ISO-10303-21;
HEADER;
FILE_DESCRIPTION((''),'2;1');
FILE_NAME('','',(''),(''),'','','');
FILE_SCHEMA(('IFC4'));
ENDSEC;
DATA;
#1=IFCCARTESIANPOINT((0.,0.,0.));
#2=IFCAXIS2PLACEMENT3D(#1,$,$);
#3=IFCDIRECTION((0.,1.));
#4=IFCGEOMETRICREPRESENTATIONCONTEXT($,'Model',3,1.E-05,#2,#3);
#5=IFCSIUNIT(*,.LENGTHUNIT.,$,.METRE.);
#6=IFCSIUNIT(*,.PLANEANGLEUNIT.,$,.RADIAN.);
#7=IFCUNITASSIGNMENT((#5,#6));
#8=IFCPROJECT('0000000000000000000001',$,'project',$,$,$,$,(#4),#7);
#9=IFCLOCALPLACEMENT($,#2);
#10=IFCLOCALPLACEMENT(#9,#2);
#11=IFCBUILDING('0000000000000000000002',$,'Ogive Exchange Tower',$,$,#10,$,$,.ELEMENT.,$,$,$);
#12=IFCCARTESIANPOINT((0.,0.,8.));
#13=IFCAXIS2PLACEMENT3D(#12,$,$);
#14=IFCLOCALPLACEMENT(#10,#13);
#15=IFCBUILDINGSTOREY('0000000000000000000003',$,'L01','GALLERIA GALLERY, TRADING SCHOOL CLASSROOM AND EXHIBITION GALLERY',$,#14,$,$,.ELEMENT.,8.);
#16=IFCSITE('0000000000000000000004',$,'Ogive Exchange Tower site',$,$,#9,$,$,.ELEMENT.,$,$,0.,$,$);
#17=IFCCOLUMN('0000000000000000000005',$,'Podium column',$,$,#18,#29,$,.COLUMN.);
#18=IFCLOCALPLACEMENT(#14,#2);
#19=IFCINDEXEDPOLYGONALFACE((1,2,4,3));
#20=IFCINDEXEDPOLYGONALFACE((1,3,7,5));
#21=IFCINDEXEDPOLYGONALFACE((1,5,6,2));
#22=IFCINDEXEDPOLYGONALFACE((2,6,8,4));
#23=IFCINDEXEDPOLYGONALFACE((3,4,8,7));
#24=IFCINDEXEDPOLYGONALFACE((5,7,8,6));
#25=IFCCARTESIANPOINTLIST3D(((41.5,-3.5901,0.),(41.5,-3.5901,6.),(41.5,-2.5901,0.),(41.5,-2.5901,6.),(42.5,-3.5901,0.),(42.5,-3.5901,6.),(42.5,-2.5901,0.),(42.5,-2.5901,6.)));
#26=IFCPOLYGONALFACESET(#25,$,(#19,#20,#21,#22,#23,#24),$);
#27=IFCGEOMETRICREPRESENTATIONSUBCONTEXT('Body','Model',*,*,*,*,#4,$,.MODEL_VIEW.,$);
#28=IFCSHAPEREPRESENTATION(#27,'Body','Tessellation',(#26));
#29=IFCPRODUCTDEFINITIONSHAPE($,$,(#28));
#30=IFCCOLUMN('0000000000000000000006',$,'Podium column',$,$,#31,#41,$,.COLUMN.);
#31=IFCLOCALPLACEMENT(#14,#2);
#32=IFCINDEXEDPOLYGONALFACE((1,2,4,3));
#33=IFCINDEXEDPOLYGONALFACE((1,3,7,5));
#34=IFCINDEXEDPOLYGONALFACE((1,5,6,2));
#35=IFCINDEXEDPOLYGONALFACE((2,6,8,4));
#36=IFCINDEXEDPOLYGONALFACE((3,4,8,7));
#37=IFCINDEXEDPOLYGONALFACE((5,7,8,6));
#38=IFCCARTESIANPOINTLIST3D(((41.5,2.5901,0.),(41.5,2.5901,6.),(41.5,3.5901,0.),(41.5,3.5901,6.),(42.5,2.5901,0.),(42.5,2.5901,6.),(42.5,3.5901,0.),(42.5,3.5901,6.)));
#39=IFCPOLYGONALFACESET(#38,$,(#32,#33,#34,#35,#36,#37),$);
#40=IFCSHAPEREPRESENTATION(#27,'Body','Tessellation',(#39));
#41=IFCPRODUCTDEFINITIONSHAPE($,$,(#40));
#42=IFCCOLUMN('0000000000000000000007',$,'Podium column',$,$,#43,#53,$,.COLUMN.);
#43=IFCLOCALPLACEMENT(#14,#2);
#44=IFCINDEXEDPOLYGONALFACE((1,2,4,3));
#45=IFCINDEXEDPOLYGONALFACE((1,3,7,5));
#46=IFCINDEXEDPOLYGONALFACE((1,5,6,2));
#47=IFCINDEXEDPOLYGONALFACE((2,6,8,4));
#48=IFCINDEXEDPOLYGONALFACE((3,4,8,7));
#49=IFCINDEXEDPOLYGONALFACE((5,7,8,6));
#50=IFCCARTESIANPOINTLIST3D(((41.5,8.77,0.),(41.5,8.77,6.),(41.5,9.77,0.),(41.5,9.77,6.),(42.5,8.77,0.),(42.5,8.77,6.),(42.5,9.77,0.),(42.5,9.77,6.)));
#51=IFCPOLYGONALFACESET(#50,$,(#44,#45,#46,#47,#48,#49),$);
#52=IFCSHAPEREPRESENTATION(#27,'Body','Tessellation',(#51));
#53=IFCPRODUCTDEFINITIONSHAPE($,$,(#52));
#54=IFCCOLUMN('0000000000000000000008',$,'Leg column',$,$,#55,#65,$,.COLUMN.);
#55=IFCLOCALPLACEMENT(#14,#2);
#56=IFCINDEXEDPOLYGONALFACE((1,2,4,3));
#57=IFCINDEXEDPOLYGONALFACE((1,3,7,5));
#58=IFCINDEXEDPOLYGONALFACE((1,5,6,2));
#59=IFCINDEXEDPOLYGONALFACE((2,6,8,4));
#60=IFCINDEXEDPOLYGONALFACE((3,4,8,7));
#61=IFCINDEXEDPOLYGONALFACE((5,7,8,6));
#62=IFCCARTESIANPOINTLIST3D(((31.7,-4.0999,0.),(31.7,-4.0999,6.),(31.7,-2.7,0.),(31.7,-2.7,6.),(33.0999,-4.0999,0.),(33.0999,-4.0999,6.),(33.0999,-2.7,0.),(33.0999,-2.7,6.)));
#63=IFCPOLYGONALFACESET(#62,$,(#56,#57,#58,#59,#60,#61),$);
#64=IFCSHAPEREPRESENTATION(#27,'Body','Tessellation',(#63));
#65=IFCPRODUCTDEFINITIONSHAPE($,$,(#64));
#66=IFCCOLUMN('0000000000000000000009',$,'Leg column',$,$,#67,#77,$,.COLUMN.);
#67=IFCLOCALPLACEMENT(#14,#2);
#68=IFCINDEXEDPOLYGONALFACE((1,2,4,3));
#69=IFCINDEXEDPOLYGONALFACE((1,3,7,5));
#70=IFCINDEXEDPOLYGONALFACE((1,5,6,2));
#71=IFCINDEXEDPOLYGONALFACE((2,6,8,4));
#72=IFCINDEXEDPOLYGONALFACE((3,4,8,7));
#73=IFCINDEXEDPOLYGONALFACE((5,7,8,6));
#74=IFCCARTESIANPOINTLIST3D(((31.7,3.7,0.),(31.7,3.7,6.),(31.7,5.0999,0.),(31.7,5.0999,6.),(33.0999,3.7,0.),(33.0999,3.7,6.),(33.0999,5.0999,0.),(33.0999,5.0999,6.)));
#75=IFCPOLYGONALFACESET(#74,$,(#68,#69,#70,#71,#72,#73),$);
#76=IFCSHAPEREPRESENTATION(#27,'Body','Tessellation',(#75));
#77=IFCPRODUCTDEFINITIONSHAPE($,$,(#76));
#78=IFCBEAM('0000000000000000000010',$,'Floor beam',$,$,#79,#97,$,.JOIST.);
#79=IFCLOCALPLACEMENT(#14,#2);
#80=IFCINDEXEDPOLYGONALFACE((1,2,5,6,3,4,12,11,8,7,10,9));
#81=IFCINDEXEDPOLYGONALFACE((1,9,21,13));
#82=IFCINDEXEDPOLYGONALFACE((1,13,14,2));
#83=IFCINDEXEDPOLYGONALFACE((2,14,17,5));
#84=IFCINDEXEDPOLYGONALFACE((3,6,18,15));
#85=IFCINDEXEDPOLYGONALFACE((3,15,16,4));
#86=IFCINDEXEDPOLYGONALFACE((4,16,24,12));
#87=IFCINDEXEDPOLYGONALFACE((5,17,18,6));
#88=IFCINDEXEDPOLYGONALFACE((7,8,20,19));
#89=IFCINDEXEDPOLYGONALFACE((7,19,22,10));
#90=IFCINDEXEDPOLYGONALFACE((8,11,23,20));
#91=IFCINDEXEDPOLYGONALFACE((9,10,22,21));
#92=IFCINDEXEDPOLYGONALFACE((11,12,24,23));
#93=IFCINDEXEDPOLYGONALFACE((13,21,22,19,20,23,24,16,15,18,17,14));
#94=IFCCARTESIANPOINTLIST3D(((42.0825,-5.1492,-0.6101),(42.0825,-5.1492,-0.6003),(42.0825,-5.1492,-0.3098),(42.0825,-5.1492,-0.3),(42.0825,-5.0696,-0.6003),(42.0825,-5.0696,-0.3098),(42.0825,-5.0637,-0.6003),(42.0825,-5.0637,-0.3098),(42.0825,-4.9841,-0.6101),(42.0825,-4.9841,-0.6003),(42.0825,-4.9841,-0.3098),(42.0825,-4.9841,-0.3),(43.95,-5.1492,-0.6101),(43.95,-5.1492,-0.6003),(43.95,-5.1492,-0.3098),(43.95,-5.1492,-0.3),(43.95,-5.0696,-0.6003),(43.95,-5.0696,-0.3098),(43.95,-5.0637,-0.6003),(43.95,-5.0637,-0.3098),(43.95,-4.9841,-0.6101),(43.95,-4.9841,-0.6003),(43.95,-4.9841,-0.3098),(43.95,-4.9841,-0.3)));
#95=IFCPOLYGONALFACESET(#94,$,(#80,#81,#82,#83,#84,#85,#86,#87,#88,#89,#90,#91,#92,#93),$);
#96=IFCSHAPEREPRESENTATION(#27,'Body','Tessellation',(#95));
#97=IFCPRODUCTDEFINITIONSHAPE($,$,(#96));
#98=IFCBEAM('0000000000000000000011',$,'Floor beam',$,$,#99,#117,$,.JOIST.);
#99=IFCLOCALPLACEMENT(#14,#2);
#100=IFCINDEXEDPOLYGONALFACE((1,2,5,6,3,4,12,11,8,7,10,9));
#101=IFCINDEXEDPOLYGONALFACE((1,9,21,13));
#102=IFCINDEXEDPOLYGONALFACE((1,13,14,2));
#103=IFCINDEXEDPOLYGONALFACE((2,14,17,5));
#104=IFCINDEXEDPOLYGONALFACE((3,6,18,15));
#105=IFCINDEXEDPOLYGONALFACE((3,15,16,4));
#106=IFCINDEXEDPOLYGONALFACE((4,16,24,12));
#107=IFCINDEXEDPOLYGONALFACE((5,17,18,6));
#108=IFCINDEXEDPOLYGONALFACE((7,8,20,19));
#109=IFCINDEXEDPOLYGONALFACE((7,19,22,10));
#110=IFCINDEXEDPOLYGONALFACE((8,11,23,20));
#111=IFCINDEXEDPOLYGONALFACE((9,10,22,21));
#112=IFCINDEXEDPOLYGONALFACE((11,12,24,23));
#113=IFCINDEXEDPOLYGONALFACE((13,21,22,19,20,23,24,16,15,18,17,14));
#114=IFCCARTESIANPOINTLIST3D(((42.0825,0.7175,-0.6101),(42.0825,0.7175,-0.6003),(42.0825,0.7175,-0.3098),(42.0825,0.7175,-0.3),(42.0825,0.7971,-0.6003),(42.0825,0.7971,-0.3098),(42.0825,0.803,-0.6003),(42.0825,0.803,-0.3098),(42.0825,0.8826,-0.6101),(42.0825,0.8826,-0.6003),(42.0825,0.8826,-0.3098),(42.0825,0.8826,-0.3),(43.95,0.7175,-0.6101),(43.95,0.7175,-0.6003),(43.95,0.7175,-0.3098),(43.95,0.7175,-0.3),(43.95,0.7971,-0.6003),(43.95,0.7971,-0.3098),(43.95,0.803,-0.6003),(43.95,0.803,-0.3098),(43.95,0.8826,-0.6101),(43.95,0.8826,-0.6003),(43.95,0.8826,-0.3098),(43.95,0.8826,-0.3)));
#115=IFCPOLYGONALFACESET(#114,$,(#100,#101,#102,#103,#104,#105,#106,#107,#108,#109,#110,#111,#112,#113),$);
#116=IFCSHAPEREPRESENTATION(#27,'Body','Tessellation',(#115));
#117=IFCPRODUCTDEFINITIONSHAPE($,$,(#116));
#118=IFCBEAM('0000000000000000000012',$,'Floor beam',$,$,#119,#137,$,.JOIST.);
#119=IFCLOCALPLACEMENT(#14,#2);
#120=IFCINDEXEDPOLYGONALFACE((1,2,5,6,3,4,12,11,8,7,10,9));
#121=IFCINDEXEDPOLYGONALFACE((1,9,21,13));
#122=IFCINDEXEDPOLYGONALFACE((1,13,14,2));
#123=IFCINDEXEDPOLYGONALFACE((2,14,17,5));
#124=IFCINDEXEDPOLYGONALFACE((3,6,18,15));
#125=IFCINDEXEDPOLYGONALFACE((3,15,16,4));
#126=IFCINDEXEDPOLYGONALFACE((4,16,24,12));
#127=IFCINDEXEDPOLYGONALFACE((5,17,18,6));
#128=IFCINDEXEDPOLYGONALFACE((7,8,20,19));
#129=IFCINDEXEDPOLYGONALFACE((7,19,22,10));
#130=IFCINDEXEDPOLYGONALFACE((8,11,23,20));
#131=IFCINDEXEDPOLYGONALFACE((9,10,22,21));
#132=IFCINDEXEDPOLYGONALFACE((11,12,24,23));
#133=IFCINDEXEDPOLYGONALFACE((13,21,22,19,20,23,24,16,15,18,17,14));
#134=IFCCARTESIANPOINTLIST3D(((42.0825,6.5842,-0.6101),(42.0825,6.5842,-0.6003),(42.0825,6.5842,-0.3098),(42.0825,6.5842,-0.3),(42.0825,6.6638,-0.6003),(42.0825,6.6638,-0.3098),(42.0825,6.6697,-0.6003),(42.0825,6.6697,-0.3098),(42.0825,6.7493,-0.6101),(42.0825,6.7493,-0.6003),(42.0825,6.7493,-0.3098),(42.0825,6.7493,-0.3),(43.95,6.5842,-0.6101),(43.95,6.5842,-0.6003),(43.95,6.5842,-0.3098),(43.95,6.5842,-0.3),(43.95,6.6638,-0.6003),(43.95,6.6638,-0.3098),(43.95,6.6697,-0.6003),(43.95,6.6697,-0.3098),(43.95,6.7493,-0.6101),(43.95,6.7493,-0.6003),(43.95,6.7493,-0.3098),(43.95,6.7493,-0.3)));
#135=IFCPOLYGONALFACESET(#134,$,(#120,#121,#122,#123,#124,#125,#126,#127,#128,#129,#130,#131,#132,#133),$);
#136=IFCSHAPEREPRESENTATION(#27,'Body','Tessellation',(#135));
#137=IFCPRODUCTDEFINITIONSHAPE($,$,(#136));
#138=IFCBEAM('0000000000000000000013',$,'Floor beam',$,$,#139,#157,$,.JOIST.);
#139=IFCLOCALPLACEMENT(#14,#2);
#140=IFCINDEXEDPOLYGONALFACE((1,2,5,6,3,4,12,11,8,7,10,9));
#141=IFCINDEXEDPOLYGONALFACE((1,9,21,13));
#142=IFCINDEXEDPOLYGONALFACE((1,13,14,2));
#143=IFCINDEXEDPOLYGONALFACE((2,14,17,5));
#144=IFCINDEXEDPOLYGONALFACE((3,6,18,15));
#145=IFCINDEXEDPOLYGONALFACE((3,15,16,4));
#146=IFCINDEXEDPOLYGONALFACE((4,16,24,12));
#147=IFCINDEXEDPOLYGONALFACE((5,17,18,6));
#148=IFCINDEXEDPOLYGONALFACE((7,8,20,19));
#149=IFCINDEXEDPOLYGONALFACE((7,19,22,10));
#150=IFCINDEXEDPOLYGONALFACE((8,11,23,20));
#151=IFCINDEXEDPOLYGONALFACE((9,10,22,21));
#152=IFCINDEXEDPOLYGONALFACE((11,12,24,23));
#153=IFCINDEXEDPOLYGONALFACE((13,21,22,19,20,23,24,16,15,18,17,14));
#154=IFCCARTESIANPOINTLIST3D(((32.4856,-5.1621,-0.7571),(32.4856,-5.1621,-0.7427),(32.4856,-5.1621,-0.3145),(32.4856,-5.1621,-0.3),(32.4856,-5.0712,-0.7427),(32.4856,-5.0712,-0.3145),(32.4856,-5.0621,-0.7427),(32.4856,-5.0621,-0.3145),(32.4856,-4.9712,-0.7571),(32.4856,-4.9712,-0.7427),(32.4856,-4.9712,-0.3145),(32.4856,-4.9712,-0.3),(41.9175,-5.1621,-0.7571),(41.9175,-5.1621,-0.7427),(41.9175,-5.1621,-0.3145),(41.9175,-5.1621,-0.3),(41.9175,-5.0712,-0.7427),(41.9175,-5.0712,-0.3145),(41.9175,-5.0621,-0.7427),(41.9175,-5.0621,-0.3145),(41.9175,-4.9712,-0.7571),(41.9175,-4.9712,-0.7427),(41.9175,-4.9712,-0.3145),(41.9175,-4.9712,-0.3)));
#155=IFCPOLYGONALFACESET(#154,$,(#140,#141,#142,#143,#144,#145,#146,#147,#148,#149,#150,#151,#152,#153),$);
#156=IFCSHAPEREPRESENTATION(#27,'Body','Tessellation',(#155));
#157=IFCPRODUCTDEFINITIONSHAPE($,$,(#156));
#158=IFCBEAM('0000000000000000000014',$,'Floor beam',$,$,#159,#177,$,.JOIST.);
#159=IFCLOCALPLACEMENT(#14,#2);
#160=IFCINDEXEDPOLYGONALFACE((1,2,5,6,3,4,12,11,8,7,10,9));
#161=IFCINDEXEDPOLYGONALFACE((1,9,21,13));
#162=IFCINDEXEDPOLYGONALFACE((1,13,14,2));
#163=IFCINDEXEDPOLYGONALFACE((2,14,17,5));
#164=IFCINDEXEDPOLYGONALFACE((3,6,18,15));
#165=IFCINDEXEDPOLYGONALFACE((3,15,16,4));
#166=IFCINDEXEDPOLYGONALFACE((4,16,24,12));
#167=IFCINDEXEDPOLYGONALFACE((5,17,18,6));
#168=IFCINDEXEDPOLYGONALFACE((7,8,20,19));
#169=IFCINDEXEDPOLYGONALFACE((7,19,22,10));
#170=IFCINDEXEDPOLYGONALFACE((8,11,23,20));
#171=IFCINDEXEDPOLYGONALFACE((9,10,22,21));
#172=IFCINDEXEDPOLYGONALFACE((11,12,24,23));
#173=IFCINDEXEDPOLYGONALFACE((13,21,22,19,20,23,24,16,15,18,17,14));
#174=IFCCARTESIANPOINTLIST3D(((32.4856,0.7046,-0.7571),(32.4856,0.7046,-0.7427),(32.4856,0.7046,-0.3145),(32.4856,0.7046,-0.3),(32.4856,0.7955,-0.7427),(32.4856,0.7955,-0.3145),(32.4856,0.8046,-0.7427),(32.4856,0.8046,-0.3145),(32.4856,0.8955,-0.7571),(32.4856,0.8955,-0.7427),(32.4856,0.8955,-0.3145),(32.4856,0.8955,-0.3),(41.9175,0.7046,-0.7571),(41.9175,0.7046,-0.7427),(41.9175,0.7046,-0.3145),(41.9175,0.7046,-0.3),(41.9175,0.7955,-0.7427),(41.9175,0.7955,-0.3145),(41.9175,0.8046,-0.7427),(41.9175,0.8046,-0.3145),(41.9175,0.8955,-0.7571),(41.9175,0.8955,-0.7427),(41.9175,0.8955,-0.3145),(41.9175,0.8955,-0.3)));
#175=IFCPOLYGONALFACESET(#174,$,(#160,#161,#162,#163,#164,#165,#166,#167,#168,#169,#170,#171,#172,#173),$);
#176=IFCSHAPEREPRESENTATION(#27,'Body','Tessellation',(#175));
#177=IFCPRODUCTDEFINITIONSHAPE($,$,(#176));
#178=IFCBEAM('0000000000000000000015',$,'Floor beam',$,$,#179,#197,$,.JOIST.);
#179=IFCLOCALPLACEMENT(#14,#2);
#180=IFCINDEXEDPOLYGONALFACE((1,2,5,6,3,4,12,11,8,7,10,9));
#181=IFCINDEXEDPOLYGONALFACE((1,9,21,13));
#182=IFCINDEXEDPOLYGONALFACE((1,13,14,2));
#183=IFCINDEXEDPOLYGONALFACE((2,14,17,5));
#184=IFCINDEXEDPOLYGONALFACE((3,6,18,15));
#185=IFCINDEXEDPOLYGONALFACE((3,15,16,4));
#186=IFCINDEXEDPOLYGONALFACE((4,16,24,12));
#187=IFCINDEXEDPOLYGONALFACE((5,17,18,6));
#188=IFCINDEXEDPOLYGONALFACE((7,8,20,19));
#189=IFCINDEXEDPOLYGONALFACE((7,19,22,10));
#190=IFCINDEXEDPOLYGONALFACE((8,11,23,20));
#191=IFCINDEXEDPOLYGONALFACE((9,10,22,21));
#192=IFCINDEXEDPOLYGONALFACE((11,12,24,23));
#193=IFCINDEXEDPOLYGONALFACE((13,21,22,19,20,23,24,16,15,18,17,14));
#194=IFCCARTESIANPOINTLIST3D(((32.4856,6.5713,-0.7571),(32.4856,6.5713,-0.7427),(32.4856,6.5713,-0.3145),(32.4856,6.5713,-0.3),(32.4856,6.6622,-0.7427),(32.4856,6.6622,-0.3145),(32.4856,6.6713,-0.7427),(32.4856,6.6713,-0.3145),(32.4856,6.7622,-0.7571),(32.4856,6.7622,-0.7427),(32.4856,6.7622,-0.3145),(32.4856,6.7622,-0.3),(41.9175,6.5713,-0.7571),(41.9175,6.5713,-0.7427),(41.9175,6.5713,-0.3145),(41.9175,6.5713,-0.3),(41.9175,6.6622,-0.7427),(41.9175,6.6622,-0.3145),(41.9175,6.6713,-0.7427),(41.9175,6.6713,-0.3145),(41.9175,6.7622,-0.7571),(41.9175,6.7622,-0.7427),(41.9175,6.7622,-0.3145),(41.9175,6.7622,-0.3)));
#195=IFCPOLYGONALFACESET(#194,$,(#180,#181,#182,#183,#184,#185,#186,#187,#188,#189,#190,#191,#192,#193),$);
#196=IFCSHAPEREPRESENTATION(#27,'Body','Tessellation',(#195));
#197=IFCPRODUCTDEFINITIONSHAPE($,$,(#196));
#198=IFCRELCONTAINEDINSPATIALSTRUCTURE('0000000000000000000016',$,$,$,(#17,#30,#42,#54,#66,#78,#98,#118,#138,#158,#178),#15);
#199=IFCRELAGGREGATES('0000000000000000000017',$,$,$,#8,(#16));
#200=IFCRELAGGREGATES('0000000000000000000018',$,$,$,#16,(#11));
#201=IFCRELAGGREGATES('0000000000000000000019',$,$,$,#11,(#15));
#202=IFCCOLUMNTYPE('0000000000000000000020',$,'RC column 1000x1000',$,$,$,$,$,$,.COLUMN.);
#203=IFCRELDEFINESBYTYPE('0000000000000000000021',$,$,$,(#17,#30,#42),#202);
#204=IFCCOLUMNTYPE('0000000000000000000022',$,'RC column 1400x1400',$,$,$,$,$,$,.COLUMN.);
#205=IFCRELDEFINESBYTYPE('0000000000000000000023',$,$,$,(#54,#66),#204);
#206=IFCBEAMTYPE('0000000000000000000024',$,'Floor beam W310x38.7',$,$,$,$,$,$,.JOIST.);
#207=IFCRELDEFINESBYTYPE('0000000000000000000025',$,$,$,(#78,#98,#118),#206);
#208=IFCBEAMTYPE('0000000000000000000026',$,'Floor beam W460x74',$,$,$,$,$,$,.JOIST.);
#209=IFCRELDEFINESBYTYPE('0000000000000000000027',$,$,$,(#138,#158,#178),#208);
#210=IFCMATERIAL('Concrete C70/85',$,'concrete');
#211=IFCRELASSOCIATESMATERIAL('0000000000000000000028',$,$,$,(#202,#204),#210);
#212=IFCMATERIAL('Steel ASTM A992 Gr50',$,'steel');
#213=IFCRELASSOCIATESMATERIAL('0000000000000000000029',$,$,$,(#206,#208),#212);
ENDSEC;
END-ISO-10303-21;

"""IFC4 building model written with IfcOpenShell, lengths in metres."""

from ifc_helpers import new_model, si_unit, direction, frame, origin, origin_2d, place, context, subcontext, project, spatial, rectangle, i_section, extrude, material, material_profile, profile_set, type_object, element, save


model = new_model("IFC4")

# Units and contexts
model_context = context("Model", 3, precision=1e-05, world=origin(), true_north=direction((0.0, 1.0)))
body_context = subcontext(model_context, "Body", "Model", "MODEL_VIEW")
ifc_project = project(units=[si_unit("LENGTHUNIT", "METRE"), si_unit("PLANEANGLEUNIT", "RADIAN")], contexts=[model_context])

# Site, building, storey
site_placement = place(None, origin())
site = spatial("IfcSite", under=ifc_project, at=site_placement, Name="Ogive Exchange Tower site", CompositionType="ELEMENT", RefElevation=0.0)
building_placement = place(site_placement, origin())
building = spatial("IfcBuilding", under=site, at=building_placement, Name="Ogive Exchange Tower", CompositionType="ELEMENT")
storey_placement = place(building_placement, frame((0.0, 0.0, 8.0)))
storey = spatial("IfcBuildingStorey", under=building, at=storey_placement, Name="L01", Description="GALLERIA GALLERY, TRADING SCHOOL CLASSROOM AND EXHIBITION GALLERY", CompositionType="ELEMENT", Elevation=8.0)

# Columns
ifc_material_1 = material(Name="Concrete C70/85", Category="concrete")
ifc_material_profile_1 = material_profile(ifc_material_1, rectangle(XDim=1.0, YDim=1.0, at=origin_2d()), Name="RC 1000x1000")
ifc_profile_set_1 = profile_set([ifc_material_profile_1], Name="Concrete C70/85")
column_type_1 = type_object("IfcColumnType", Name="RC column 1000x1000", PredefinedType="COLUMN", material=ifc_profile_set_1)
for number, where, z_axis, x_axis, name in (
    (1, (42.0, -3.0901, 0.0), (0.0, 0.0, 1.0), (1.0, 0.0, 0.0), "Podium column"),
    (2, (42.0, 3.0901, 0.0), (0.0, 0.0, 1.0), (1.0, 0.0, 0.0), "Podium column"),
    (3, (42.0, 9.27, 0.0), (0.0, 0.0, 1.0), (1.0, 0.0, 0.0), "Podium column"),
):
    element("IfcColumn", number, at=place(storey_placement, frame(where, z_axis=z_axis, x_axis=x_axis)), inside=storey, type_object=column_type_1, Name=name, PredefinedType="COLUMN", context=body_context, shape_type="SweptSolid", body=[
        extrude(rectangle(XDim=1.0, YDim=1.0, at=origin_2d()), origin(), (0.0, 0.0, 1.0), 6.0),
    ])
ifc_material_profile_2 = material_profile(ifc_material_1, rectangle(XDim=1.3999, YDim=1.3999, at=origin_2d()), Name="RC 1400x1400")
ifc_profile_set_2 = profile_set([ifc_material_profile_2], Name="Concrete C70/85")
column_type_2 = type_object("IfcColumnType", Name="RC column 1400x1400", PredefinedType="COLUMN", material=ifc_profile_set_2)
for number, where, z_axis, x_axis, name in (
    (4, (32.3999, -3.3999, 0.0), (0.0, 0.0, 1.0), (1.0, 0.0, 0.0), "Leg column"),
    (5, (32.3999, 4.3999, 0.0), (0.0, 0.0, 1.0), (1.0, 0.0, 0.0), "Leg column"),
):
    element("IfcColumn", number, at=place(storey_placement, frame(where, z_axis=z_axis, x_axis=x_axis)), inside=storey, type_object=column_type_2, Name=name, PredefinedType="COLUMN", context=body_context, shape_type="SweptSolid", body=[
        extrude(rectangle(XDim=1.3999, YDim=1.3999, at=origin_2d()), origin(), (0.0, 0.0, 1.0), 6.0),
    ])

# Beams
ifc_material_2 = material(Name="Steel ASTM A992 Gr50", Category="steel")
ifc_material_profile_3 = material_profile(ifc_material_2, i_section(OverallWidth=0.165, OverallDepth=0.3101, WebThickness=0.0059, FlangeThickness=0.0098, at=origin_2d()), Name="W310x38.7")
ifc_profile_set_3 = profile_set([ifc_material_profile_3], Name="Steel ASTM A992 Gr50")
beam_type_1 = type_object("IfcBeamType", Name="Floor beam W310x38.7", PredefinedType="JOIST", material=ifc_profile_set_3)
for number, where, z_axis, x_axis, name in (
    (6, (42.0825, -5.0667, -0.4551), (1.0, 0.0, 0.0), (0.0, 1.0, 0.0), "Floor beam"),
    (7, (42.0825, 0.8, -0.4551), (1.0, 0.0, 0.0), (0.0, 1.0, 0.0), "Floor beam"),
    (8, (42.0825, 6.6667, -0.4551), (1.0, 0.0, 0.0), (0.0, 1.0, 0.0), "Floor beam"),
):
    element("IfcBeam", number, at=place(storey_placement, frame(where, z_axis=z_axis, x_axis=x_axis)), inside=storey, type_object=beam_type_1, Name=name, PredefinedType="JOIST", context=body_context, shape_type="SweptSolid", body=[
        extrude(i_section(OverallWidth=0.165, OverallDepth=0.3101, WebThickness=0.0059, FlangeThickness=0.0098, at=origin_2d()), origin(), (0.0, 0.0, 1.0), 1.8674),
    ])
ifc_material_profile_4 = material_profile(ifc_material_2, i_section(OverallWidth=0.1909, OverallDepth=0.457, WebThickness=0.009, FlangeThickness=0.0144, at=origin_2d()), Name="W460x74")
ifc_profile_set_4 = profile_set([ifc_material_profile_4], Name="Steel ASTM A992 Gr50")
beam_type_2 = type_object("IfcBeamType", Name="Floor beam W460x74", PredefinedType="JOIST", material=ifc_profile_set_4)
for number, where, z_axis, x_axis, name in (
    (9, (32.4856, -5.0667, -0.5286), (1.0, 0.0, 0.0), (0.0, 1.0, 0.0), "Floor beam"),
    (10, (32.4856, 0.8, -0.5286), (1.0, 0.0, 0.0), (0.0, 1.0, 0.0), "Floor beam"),
    (11, (32.4856, 6.6667, -0.5286), (1.0, 0.0, 0.0), (0.0, 1.0, 0.0), "Floor beam"),
):
    element("IfcBeam", number, at=place(storey_placement, frame(where, z_axis=z_axis, x_axis=x_axis)), inside=storey, type_object=beam_type_2, Name=name, PredefinedType="JOIST", context=body_context, shape_type="SweptSolid", body=[
        extrude(i_section(OverallWidth=0.1909, OverallDepth=0.457, WebThickness=0.009, FlangeThickness=0.0144, at=origin_2d()), origin(), (0.0, 0.0, 1.0), 9.4319),
    ])

save(model, "model.ifc")
